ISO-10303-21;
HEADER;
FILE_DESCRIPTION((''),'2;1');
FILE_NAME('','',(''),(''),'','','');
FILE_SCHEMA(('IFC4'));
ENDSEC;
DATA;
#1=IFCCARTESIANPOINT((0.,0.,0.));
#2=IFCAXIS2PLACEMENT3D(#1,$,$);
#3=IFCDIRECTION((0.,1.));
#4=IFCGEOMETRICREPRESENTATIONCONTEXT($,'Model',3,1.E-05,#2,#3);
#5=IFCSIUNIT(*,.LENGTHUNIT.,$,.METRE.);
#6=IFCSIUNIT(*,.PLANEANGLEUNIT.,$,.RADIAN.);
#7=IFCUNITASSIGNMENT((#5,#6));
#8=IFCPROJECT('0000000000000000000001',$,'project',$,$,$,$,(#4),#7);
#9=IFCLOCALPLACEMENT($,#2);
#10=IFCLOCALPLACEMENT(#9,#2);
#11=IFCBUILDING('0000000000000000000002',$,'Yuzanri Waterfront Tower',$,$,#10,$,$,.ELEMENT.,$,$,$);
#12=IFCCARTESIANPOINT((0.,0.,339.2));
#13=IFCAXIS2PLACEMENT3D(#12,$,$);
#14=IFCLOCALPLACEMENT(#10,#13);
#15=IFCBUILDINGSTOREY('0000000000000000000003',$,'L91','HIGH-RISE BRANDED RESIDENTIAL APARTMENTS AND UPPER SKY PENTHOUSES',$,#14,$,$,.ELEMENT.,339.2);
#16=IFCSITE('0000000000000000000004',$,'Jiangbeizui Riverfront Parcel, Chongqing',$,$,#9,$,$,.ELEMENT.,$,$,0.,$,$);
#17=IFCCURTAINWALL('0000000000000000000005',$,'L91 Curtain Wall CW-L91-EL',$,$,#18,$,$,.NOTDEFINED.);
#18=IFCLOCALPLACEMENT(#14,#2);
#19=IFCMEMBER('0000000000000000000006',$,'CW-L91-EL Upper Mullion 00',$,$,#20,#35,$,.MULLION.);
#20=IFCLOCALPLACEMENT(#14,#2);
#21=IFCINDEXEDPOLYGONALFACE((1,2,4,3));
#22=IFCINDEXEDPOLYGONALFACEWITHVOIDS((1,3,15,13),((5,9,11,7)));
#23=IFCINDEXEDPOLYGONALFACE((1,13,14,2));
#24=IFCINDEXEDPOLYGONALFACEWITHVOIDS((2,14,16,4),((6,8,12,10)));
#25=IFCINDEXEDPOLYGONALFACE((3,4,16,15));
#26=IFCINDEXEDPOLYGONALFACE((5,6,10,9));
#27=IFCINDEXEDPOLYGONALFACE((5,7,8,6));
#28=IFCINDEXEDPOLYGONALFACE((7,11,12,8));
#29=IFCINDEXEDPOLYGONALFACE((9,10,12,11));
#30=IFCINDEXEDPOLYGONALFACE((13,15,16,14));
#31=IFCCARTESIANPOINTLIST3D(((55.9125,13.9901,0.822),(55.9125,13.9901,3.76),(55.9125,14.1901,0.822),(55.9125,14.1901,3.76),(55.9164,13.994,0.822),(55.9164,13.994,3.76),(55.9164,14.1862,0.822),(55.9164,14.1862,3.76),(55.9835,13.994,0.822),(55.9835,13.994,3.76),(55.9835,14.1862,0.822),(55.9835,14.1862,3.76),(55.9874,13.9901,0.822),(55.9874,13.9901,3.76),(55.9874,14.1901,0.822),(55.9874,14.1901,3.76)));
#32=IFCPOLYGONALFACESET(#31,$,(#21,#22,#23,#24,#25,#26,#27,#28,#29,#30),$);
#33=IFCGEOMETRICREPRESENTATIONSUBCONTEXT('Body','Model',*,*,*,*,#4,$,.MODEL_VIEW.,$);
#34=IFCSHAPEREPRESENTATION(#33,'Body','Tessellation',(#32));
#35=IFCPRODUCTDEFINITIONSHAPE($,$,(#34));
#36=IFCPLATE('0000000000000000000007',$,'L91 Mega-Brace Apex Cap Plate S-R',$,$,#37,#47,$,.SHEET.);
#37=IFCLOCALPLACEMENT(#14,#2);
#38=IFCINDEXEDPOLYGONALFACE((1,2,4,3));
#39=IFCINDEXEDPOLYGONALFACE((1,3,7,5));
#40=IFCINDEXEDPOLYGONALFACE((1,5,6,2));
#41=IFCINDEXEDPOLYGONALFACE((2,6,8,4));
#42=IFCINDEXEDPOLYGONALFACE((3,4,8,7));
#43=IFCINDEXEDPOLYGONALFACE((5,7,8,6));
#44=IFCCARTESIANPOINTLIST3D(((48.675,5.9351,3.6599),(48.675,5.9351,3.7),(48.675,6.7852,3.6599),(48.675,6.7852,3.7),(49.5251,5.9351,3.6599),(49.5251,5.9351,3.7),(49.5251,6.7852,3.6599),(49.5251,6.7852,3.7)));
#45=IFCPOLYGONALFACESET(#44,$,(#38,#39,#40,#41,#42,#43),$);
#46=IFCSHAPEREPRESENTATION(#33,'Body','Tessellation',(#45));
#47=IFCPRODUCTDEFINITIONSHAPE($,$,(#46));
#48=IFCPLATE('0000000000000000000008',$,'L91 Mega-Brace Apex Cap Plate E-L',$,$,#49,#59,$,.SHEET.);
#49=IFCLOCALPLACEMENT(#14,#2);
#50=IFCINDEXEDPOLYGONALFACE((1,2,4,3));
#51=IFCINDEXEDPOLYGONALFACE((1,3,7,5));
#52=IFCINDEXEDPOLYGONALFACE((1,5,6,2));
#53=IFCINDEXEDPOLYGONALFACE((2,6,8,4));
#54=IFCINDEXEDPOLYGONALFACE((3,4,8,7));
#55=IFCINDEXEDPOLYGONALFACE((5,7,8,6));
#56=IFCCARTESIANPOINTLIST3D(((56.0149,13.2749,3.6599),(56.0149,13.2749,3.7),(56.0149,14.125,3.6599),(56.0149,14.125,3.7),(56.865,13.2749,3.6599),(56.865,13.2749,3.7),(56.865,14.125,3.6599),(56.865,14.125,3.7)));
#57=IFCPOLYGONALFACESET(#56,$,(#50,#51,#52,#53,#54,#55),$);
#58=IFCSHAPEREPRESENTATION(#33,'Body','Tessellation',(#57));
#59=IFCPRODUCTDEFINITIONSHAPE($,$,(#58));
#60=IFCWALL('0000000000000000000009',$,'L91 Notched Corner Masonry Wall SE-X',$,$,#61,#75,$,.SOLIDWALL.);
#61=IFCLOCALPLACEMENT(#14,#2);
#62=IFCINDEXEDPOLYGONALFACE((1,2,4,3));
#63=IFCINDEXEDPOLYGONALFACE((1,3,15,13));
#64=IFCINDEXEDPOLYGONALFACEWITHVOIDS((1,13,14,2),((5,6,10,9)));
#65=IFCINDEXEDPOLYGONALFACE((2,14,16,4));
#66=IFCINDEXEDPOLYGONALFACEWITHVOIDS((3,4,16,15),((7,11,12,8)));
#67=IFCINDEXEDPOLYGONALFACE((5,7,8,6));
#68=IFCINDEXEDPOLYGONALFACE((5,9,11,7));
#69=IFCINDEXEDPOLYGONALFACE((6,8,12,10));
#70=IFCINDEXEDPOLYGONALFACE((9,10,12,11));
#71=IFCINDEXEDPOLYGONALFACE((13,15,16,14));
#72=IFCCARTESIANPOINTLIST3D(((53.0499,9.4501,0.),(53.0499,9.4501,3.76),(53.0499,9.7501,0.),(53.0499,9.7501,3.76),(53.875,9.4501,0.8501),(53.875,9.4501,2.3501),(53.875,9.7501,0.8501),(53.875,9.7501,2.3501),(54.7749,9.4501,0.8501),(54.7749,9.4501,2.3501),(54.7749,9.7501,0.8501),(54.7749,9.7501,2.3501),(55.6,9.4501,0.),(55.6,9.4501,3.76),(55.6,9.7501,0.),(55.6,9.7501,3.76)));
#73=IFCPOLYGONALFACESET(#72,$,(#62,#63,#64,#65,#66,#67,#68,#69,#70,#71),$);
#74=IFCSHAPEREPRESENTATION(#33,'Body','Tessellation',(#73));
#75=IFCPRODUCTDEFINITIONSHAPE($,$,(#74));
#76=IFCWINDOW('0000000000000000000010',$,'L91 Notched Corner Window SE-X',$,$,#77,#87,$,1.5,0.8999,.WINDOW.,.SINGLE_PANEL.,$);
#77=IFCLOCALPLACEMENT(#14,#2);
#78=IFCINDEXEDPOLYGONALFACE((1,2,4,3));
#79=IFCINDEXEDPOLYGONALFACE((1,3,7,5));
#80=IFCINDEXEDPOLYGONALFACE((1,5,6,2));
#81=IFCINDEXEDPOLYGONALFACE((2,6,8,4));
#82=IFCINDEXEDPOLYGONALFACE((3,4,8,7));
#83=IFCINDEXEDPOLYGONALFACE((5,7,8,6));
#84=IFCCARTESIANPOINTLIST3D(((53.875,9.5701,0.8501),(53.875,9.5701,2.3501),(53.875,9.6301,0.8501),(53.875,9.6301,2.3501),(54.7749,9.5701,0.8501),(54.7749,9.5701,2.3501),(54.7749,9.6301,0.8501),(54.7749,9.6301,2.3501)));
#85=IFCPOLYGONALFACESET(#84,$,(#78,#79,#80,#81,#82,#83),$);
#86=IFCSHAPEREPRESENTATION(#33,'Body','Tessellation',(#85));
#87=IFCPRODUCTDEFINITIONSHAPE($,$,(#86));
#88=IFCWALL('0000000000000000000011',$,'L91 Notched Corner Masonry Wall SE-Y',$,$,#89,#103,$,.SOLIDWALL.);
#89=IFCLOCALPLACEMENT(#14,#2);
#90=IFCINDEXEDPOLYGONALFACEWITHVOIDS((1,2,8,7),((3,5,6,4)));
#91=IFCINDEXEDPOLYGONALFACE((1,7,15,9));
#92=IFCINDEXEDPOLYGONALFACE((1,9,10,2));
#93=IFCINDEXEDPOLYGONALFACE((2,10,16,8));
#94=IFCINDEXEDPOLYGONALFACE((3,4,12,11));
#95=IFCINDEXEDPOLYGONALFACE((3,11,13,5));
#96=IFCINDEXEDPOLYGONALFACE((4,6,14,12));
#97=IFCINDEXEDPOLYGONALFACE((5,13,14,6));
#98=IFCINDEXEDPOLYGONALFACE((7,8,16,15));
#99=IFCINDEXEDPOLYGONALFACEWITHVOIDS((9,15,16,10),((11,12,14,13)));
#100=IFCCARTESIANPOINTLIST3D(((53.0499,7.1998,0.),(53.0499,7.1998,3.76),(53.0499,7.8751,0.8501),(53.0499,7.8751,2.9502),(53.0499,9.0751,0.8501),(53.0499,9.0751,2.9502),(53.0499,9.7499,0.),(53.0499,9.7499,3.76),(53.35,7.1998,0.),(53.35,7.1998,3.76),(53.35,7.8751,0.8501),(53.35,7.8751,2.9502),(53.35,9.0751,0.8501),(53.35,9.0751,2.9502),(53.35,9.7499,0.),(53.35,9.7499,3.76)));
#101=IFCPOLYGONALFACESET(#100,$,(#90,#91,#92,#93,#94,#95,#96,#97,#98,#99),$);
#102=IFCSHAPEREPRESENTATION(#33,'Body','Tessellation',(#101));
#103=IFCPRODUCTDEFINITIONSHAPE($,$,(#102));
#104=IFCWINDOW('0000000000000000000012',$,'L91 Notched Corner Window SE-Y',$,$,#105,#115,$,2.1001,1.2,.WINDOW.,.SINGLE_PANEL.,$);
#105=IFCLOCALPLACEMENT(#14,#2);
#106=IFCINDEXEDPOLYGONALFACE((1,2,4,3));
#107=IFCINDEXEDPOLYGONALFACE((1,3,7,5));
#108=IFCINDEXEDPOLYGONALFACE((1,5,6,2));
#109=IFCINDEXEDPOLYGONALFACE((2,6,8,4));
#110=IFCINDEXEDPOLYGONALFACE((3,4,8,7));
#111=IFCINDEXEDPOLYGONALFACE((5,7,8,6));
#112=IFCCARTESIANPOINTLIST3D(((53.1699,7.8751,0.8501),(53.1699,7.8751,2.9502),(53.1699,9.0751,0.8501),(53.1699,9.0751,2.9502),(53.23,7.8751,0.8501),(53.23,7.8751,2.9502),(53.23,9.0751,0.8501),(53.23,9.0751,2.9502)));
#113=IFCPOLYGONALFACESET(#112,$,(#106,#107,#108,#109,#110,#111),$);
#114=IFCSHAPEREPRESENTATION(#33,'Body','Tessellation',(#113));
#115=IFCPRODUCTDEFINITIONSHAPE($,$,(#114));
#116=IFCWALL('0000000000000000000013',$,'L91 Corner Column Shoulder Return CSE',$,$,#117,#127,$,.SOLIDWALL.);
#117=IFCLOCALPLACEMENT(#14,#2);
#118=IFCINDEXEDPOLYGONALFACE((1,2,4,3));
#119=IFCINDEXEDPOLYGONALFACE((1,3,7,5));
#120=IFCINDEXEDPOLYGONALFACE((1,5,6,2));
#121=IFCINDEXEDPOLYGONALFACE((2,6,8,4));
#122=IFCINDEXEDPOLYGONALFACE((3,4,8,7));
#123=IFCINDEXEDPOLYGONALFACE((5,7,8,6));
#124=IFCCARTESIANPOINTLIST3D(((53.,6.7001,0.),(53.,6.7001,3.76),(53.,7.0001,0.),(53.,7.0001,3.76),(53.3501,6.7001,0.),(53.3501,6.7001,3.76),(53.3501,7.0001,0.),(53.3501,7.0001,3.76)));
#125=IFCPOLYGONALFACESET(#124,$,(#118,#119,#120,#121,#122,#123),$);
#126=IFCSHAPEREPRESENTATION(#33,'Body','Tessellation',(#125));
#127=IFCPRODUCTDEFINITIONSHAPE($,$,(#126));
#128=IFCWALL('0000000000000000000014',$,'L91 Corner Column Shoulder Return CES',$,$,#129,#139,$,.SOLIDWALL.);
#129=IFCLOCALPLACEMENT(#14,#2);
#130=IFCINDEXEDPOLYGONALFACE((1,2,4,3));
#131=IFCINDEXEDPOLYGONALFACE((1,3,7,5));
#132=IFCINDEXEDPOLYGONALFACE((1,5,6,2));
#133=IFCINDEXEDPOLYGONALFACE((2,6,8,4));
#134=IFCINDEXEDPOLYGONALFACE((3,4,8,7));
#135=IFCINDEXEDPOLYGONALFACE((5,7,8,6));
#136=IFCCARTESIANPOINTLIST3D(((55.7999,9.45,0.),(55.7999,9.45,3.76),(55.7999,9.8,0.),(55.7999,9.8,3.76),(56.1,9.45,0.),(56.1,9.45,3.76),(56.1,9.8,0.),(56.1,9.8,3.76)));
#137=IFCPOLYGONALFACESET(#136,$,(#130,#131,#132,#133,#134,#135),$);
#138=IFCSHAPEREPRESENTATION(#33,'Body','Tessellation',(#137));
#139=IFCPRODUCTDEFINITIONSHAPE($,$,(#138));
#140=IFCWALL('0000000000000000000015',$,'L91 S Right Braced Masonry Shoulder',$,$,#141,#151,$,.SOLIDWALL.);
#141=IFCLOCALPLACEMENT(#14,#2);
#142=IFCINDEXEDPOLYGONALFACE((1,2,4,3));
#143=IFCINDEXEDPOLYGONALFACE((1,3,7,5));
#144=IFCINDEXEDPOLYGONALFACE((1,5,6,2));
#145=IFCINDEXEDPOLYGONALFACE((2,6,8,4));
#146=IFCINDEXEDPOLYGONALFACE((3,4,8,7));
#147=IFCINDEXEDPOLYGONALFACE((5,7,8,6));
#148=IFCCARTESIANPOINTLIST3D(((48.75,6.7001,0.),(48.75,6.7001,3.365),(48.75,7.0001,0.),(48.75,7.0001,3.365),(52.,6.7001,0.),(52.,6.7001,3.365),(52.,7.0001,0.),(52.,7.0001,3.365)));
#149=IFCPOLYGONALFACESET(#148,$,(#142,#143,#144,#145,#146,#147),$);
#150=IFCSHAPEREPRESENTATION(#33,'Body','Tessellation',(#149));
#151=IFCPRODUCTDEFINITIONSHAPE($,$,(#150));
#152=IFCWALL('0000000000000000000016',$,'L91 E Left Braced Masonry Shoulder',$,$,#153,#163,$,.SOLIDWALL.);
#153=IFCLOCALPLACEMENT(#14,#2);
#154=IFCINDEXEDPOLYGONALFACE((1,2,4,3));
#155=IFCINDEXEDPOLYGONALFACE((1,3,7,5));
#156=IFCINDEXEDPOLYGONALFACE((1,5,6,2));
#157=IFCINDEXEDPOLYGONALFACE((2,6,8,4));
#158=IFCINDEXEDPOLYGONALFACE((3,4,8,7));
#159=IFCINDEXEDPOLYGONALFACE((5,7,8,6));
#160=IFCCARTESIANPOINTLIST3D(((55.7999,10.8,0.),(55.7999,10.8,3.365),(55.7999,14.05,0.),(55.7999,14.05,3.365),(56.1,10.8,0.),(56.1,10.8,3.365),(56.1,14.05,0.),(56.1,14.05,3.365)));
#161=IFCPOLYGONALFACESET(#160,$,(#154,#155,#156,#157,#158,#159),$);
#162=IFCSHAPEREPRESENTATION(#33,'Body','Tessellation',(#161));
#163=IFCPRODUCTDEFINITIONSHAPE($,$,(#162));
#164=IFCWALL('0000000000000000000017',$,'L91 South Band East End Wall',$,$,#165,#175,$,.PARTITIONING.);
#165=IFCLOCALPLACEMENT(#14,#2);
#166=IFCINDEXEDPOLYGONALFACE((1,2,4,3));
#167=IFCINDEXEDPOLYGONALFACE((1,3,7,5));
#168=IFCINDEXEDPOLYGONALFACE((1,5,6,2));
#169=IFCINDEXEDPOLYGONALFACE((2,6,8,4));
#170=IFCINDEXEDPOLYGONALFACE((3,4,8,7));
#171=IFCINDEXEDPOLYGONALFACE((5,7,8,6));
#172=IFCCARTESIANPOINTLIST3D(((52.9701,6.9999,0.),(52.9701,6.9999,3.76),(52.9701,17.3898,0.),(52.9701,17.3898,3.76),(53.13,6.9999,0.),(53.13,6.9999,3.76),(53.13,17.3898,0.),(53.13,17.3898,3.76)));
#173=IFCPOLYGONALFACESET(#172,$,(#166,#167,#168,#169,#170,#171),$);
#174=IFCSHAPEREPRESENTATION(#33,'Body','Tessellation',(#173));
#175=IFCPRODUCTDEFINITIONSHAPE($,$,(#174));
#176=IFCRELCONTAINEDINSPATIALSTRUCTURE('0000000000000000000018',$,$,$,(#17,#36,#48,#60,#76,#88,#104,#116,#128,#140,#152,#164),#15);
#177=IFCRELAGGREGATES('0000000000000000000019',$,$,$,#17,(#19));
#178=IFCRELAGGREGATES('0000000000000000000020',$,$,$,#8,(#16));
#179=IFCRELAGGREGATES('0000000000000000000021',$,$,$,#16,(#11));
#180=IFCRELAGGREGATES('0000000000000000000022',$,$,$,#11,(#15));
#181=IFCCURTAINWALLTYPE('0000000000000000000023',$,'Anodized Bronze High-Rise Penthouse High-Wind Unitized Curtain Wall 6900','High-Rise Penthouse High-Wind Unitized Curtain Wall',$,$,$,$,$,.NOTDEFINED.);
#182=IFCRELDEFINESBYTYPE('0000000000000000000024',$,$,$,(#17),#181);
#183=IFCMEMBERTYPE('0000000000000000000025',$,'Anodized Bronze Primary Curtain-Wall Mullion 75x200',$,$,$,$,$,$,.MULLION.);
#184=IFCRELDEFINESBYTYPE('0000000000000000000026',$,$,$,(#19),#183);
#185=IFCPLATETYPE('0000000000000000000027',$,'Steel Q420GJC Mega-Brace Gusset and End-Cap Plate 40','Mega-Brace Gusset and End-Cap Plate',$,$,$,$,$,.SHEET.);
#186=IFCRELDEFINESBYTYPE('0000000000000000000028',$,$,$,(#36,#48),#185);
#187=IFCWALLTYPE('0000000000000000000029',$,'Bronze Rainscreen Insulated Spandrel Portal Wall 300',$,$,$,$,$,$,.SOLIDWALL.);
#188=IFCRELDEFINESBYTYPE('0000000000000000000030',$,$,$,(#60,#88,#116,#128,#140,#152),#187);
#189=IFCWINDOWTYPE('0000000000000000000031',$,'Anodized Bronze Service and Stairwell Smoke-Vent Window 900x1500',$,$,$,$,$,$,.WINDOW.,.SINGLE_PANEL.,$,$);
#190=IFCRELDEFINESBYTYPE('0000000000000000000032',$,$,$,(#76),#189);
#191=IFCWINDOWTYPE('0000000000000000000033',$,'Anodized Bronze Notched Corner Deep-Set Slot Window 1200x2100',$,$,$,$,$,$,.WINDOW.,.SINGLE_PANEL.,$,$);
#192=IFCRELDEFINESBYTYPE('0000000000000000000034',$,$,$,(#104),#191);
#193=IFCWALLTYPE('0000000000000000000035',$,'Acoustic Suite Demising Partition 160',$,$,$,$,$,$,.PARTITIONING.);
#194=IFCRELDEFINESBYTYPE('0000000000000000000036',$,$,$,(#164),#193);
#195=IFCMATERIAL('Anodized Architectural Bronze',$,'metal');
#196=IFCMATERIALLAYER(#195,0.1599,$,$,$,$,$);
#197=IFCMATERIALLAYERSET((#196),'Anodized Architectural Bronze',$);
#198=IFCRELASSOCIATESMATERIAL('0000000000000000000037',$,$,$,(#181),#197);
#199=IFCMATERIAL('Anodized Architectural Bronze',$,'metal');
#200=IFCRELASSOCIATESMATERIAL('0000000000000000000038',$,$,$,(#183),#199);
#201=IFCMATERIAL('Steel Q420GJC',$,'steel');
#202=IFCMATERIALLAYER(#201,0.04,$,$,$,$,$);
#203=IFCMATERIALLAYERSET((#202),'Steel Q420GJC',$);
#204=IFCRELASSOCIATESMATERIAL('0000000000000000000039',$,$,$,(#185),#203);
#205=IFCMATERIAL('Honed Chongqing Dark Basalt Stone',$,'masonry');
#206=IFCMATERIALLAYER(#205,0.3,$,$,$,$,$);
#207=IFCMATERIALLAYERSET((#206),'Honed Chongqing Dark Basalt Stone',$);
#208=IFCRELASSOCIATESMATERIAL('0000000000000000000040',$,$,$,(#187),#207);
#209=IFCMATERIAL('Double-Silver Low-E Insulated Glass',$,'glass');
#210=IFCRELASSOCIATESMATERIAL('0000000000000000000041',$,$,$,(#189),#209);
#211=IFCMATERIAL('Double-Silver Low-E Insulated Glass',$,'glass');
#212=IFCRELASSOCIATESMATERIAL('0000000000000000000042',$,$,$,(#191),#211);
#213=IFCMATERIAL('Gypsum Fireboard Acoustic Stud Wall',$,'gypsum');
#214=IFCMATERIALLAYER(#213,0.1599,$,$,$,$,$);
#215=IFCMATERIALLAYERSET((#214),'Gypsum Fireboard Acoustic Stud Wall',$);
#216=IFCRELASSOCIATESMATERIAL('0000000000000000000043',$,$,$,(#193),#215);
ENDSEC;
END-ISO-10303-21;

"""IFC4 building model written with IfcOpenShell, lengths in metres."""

from ifc_helpers import new_model, si_unit, direction, frame, frame_2d, origin, origin_2d, place, context, subcontext, project, spatial, rectangle, hollow_rectangle, extrude, source, transform, mapped, material, layer, layer_set, material_profile, profile_set, type_object, element, fill, aggregate, save


model = new_model("IFC4")

# Units and contexts
model_context = context("Model", 3, precision=1e-05, world=origin(), true_north=direction((0.0, 1.0)))
body_context = subcontext(model_context, "Body", "Model", "MODEL_VIEW")
ifc_project = project(units=[si_unit("LENGTHUNIT", "METRE"), si_unit("PLANEANGLEUNIT", "RADIAN")], contexts=[model_context])

# Site, building, storey
site_placement = place(None, origin())
site = spatial("IfcSite", under=ifc_project, at=site_placement, Name="Jiangbeizui Riverfront Parcel, Chongqing", CompositionType="ELEMENT", RefElevation=0.0)
building_placement = place(site_placement, origin())
building = spatial("IfcBuilding", under=site, at=building_placement, Name="Yuzanri Waterfront Tower", CompositionType="ELEMENT")
storey_placement = place(building_placement, frame((0.0, 0.0, 339.2)))
storey = spatial("IfcBuildingStorey", under=building, at=storey_placement, Name="L91", Description="HIGH-RISE BRANDED RESIDENTIAL APARTMENTS AND UPPER SKY PENTHOUSES", CompositionType="ELEMENT", Elevation=339.2)

# Curtain wall
ifc_material_1 = material(Name="Anodized Architectural Bronze", Category="metal")
ifc_layer_1 = layer(ifc_material_1, 0.1599)
ifc_layer_set_1 = layer_set([ifc_layer_1], Name="Anodized Architectural Bronze")
curtain_wall_type = type_object("IfcCurtainWallType", Name="Anodized Bronze High-Rise Penthouse High-Wind Unitized Curtain Wall 6900", Description="High-Rise Penthouse High-Wind Unitized Curtain Wall", PredefinedType="NOTDEFINED", material=ifc_layer_set_1)
curtain_wall_1_placement = place(storey_placement, origin())
curtain_wall_1 = element("IfcCurtainWall", 1, at=curtain_wall_1_placement, inside=storey, type_object=curtain_wall_type, Name="L91 Curtain Wall CW-L91-EL", PredefinedType="NOTDEFINED")
ifc_material_2 = material(Name="Anodized Architectural Bronze", Category="metal")
ifc_material_profile_1 = material_profile(ifc_material_2, hollow_rectangle(XDim=0.075, YDim=0.2, WallThickness=0.0039, at=origin_2d()), Name="CWM 75x200")
ifc_profile_set_1 = profile_set([ifc_material_profile_1], Name="Anodized Architectural Bronze")
member_type_1 = type_object("IfcMemberType", Name="Anodized Bronze Primary Curtain-Wall Mullion 75x200", PredefinedType="MULLION", material=ifc_profile_set_1)

# Shared definitions
shared_shape_1 = source(origin(), body_context, "Body", "SweptSolid", [
    extrude(hollow_rectangle(XDim=0.075, YDim=0.2, WallThickness=0.0039, at=origin_2d()), origin(), (0.0, 0.0, 1.0), 2.938),
])

# Member
member_1_placement = place(storey_placement, frame((55.95, 14.0901, 0.822), z_axis=(0.0, 0.0, 1.0), x_axis=(1.0, 0.0, 0.0)))
member_1 = element("IfcMember", 2, at=member_1_placement, type_object=member_type_1, Name="CW-L91-EL Upper Mullion 00", PredefinedType="MULLION", context=body_context, shape_type="MappedRepresentation", body=[
    mapped(shared_shape_1, transform((0.0, 0.0, 0.0), scale=1.0)),
])
aggregate(curtain_wall_1, [member_1])

# Plates
ifc_material_3 = material(Name="Steel Q420GJC", Category="steel")
ifc_layer_2 = layer(ifc_material_3, 0.04)
ifc_layer_set_2 = layer_set([ifc_layer_2], Name="Steel Q420GJC")
plate_type = type_object("IfcPlateType", Name="Steel Q420GJC Mega-Brace Gusset and End-Cap Plate 40", Description="Mega-Brace Gusset and End-Cap Plate", PredefinedType="SHEET", material=ifc_layer_set_2)
shared_shape_2 = source(origin(), body_context, "Body", "SweptSolid", [
    extrude(rectangle(XDim=0.8501, YDim=0.8501, at=origin_2d()), origin(), (0.0, 0.0, 1.0), 0.04),
])
for number, where, z_axis, x_axis, name in (
    (3, (49.1001, 6.3601, 3.6599), (0.0, 0.0, 1.0), (1.0, 0.0, 0.0), "L91 Mega-Brace Apex Cap Plate S-R"),
    (4, (56.4399, 13.7, 3.6599), (0.0, 0.0, 1.0), (1.0, 0.0, 0.0), "L91 Mega-Brace Apex Cap Plate E-L"),
):
    element("IfcPlate", number, at=place(storey_placement, frame(where, z_axis=z_axis, x_axis=x_axis)), inside=storey, type_object=plate_type, Name=name, PredefinedType="SHEET", context=body_context, shape_type="MappedRepresentation", body=[
        mapped(shared_shape_2, transform((0.0, 0.0, 0.0), scale=1.0)),
    ])

# Walls, openings, windows
ifc_material_4 = material(Name="Honed Chongqing Dark Basalt Stone", Category="masonry")
ifc_layer_3 = layer(ifc_material_4, 0.3)
ifc_layer_set_3 = layer_set([ifc_layer_3], Name="Honed Chongqing Dark Basalt Stone")
wall_type_1 = type_object("IfcWallType", Name="Bronze Rainscreen Insulated Spandrel Portal Wall 300", PredefinedType="SOLIDWALL", material=ifc_layer_set_3)
wall_1_placement = place(storey_placement, frame((53.05, 9.6001, 0.0), z_axis=(0.0, 0.0, 1.0), x_axis=(1.0, 0.0, 0.0)))
wall_1 = element("IfcWall", 5, at=wall_1_placement, inside=storey, type_object=wall_type_1, Name="L91 Notched Corner Masonry Wall SE-X", PredefinedType="SOLIDWALL", context=body_context, shape_type="SweptSolid", body=[
    extrude(rectangle(XDim=2.55, YDim=0.3, at=frame_2d((1.2749, 0.0))), origin(), (0.0, 0.0, 1.0), 3.76),
])
opening_1_placement = place(wall_1_placement, frame((0.825, 0.0, 0.8501)))
opening_1 = element("IfcOpeningElement", 6, at=opening_1_placement, cuts=wall_1, PredefinedType="OPENING", context=body_context, shape_type="SweptSolid", body=[
    extrude(rectangle(XDim=0.8999, YDim=1.5, at=frame_2d((0.45, 0.75))), frame((0.0, 0.165, 0.0), z_axis=(0.0, -1.0, 0.0), x_axis=(1.0, 0.0, 0.0)), (0.0, 0.0, 1.0), 0.3298),
])
ifc_material_5 = material(Name="Double-Silver Low-E Insulated Glass", Category="glass")
window_type_1 = type_object("IfcWindowType", Name="Anodized Bronze Service and Stairwell Smoke-Vent Window 900x1500", PartitioningType="SINGLE_PANEL", PredefinedType="WINDOW", material=ifc_material_5)
shared_shape_3 = source(origin(), body_context, "Body", "SweptSolid", [
    extrude(rectangle(XDim=0.8999, YDim=1.5, at=frame_2d((0.45, 0.75))), frame((0.0, 0.03, 0.0), z_axis=(0.0, -1.0, 0.0), x_axis=(1.0, 0.0, 0.0)), (0.0, 0.0, 1.0), 0.0601),
])
window_1_placement = place(opening_1_placement, origin())
window_1 = element("IfcWindow", 7, at=window_1_placement, inside=storey, type_object=window_type_1, Name="L91 Notched Corner Window SE-X", OverallHeight=1.5, OverallWidth=0.8999, PartitioningType="SINGLE_PANEL", PredefinedType="WINDOW", context=body_context, shape_type="MappedRepresentation", body=[
    mapped(shared_shape_3, transform((0.0, 0.0, 0.0), scale=1.0)),
])
fill(opening_1, window_1)
wall_2_placement = place(storey_placement, frame((53.2, 7.2, 0.0), z_axis=(0.0, 0.0, 1.0), x_axis=(0.0, 1.0, 0.0)))
wall_2 = element("IfcWall", 8, at=wall_2_placement, inside=storey, type_object=wall_type_1, Name="L91 Notched Corner Masonry Wall SE-Y", PredefinedType="SOLIDWALL", context=body_context, shape_type="SweptSolid", body=[
    extrude(rectangle(XDim=2.55, YDim=0.3, at=frame_2d((1.2749, 0.0))), origin(), (0.0, 0.0, 1.0), 3.76),
])
opening_2_placement = place(wall_2_placement, frame((0.675, 0.0, 0.8501)))
opening_2 = element("IfcOpeningElement", 9, at=opening_2_placement, cuts=wall_2, PredefinedType="OPENING", context=body_context, shape_type="SweptSolid", body=[
    extrude(rectangle(XDim=1.2, YDim=2.1001, at=frame_2d((0.6001, 1.05))), frame((0.0, 0.165, 0.0), z_axis=(0.0, -1.0, 0.0), x_axis=(1.0, 0.0, 0.0)), (0.0, 0.0, 1.0), 0.3298),
])
ifc_material_6 = material(Name="Double-Silver Low-E Insulated Glass", Category="glass")
window_type_2 = type_object("IfcWindowType", Name="Anodized Bronze Notched Corner Deep-Set Slot Window 1200x2100", PartitioningType="SINGLE_PANEL", PredefinedType="WINDOW", material=ifc_material_6)
shared_shape_4 = source(origin(), body_context, "Body", "SweptSolid", [
    extrude(rectangle(XDim=1.2, YDim=2.1001, at=frame_2d((0.6001, 1.05))), frame((0.0, 0.03, 0.0), z_axis=(0.0, -1.0, 0.0), x_axis=(1.0, 0.0, 0.0)), (0.0, 0.0, 1.0), 0.0601),
])
window_2_placement = place(opening_2_placement, origin())
window_2 = element("IfcWindow", 10, at=window_2_placement, inside=storey, type_object=window_type_2, Name="L91 Notched Corner Window SE-Y", OverallHeight=2.1001, OverallWidth=1.2, PartitioningType="SINGLE_PANEL", PredefinedType="WINDOW", context=body_context, shape_type="MappedRepresentation", body=[
    mapped(shared_shape_4, transform((0.0, 0.0, 0.0), scale=1.0)),
])
fill(opening_2, window_2)

# Walls
shared_shape_5 = source(origin(), body_context, "Body", "SweptSolid", [
    extrude(rectangle(XDim=0.3501, YDim=0.3, at=frame_2d((0.175, 0.0))), origin(), (0.0, 0.0, 1.0), 3.76),
])
for number, where, z_axis, x_axis, name in (
    (11, (53.0, 6.8501, 0.0), (0.0, 0.0, 1.0), (1.0, 0.0, 0.0), "L91 Corner Column Shoulder Return CSE"),
    (12, (55.95, 9.45, 0.0), (0.0, 0.0, 1.0), (0.0, 1.0, 0.0), "L91 Corner Column Shoulder Return CES"),
):
    element("IfcWall", number, at=place(storey_placement, frame(where, z_axis=z_axis, x_axis=x_axis)), inside=storey, type_object=wall_type_1, Name=name, PredefinedType="SOLIDWALL", context=body_context, shape_type="MappedRepresentation", body=[
        mapped(shared_shape_5, transform((0.0, 0.0, 0.0), scale=1.0)),
    ])
shared_shape_6 = source(origin(), body_context, "Body", "SweptSolid", [
    extrude(rectangle(XDim=3.25, YDim=0.3, at=frame_2d((1.625, 0.0))), origin(), (0.0, 0.0, 1.0), 3.365),
])
for number, where, z_axis, x_axis, name in (
    (13, (48.75, 6.8501, 0.0), (0.0, 0.0, 1.0), (1.0, 0.0, 0.0), "L91 S Right Braced Masonry Shoulder"),
    (14, (55.95, 10.8, 0.0), (0.0, 0.0, 1.0), (0.0, 1.0, 0.0), "L91 E Left Braced Masonry Shoulder"),
):
    element("IfcWall", number, at=place(storey_placement, frame(where, z_axis=z_axis, x_axis=x_axis)), inside=storey, type_object=wall_type_1, Name=name, PredefinedType="SOLIDWALL", context=body_context, shape_type="MappedRepresentation", body=[
        mapped(shared_shape_6, transform((0.0, 0.0, 0.0), scale=1.0)),
    ])
ifc_material_7 = material(Name="Gypsum Fireboard Acoustic Stud Wall", Category="gypsum")
ifc_layer_4 = layer(ifc_material_7, 0.1599)
ifc_layer_set_4 = layer_set([ifc_layer_4], Name="Gypsum Fireboard Acoustic Stud Wall")
wall_type_2 = type_object("IfcWallType", Name="Acoustic Suite Demising Partition 160", PredefinedType="PARTITIONING", material=ifc_layer_set_4)
shared_shape_7 = source(origin(), body_context, "Body", "SweptSolid", [
    extrude(rectangle(XDim=10.3899, YDim=0.1599, at=frame_2d((5.1948, 0.0))), origin(), (0.0, 0.0, 1.0), 3.76),
])
wall_3_placement = place(storey_placement, frame((53.05, 7.0, 0.0), z_axis=(0.0, 0.0, 1.0), x_axis=(0.0, 1.0, 0.0)))
element("IfcWall", 15, at=wall_3_placement, inside=storey, type_object=wall_type_2, Name="L91 South Band East End Wall", PredefinedType="PARTITIONING", context=body_context, shape_type="MappedRepresentation", body=[
    mapped(shared_shape_7, transform((0.0, 0.0, 0.0), scale=1.0)),
])

save(model, "model.ifc")
